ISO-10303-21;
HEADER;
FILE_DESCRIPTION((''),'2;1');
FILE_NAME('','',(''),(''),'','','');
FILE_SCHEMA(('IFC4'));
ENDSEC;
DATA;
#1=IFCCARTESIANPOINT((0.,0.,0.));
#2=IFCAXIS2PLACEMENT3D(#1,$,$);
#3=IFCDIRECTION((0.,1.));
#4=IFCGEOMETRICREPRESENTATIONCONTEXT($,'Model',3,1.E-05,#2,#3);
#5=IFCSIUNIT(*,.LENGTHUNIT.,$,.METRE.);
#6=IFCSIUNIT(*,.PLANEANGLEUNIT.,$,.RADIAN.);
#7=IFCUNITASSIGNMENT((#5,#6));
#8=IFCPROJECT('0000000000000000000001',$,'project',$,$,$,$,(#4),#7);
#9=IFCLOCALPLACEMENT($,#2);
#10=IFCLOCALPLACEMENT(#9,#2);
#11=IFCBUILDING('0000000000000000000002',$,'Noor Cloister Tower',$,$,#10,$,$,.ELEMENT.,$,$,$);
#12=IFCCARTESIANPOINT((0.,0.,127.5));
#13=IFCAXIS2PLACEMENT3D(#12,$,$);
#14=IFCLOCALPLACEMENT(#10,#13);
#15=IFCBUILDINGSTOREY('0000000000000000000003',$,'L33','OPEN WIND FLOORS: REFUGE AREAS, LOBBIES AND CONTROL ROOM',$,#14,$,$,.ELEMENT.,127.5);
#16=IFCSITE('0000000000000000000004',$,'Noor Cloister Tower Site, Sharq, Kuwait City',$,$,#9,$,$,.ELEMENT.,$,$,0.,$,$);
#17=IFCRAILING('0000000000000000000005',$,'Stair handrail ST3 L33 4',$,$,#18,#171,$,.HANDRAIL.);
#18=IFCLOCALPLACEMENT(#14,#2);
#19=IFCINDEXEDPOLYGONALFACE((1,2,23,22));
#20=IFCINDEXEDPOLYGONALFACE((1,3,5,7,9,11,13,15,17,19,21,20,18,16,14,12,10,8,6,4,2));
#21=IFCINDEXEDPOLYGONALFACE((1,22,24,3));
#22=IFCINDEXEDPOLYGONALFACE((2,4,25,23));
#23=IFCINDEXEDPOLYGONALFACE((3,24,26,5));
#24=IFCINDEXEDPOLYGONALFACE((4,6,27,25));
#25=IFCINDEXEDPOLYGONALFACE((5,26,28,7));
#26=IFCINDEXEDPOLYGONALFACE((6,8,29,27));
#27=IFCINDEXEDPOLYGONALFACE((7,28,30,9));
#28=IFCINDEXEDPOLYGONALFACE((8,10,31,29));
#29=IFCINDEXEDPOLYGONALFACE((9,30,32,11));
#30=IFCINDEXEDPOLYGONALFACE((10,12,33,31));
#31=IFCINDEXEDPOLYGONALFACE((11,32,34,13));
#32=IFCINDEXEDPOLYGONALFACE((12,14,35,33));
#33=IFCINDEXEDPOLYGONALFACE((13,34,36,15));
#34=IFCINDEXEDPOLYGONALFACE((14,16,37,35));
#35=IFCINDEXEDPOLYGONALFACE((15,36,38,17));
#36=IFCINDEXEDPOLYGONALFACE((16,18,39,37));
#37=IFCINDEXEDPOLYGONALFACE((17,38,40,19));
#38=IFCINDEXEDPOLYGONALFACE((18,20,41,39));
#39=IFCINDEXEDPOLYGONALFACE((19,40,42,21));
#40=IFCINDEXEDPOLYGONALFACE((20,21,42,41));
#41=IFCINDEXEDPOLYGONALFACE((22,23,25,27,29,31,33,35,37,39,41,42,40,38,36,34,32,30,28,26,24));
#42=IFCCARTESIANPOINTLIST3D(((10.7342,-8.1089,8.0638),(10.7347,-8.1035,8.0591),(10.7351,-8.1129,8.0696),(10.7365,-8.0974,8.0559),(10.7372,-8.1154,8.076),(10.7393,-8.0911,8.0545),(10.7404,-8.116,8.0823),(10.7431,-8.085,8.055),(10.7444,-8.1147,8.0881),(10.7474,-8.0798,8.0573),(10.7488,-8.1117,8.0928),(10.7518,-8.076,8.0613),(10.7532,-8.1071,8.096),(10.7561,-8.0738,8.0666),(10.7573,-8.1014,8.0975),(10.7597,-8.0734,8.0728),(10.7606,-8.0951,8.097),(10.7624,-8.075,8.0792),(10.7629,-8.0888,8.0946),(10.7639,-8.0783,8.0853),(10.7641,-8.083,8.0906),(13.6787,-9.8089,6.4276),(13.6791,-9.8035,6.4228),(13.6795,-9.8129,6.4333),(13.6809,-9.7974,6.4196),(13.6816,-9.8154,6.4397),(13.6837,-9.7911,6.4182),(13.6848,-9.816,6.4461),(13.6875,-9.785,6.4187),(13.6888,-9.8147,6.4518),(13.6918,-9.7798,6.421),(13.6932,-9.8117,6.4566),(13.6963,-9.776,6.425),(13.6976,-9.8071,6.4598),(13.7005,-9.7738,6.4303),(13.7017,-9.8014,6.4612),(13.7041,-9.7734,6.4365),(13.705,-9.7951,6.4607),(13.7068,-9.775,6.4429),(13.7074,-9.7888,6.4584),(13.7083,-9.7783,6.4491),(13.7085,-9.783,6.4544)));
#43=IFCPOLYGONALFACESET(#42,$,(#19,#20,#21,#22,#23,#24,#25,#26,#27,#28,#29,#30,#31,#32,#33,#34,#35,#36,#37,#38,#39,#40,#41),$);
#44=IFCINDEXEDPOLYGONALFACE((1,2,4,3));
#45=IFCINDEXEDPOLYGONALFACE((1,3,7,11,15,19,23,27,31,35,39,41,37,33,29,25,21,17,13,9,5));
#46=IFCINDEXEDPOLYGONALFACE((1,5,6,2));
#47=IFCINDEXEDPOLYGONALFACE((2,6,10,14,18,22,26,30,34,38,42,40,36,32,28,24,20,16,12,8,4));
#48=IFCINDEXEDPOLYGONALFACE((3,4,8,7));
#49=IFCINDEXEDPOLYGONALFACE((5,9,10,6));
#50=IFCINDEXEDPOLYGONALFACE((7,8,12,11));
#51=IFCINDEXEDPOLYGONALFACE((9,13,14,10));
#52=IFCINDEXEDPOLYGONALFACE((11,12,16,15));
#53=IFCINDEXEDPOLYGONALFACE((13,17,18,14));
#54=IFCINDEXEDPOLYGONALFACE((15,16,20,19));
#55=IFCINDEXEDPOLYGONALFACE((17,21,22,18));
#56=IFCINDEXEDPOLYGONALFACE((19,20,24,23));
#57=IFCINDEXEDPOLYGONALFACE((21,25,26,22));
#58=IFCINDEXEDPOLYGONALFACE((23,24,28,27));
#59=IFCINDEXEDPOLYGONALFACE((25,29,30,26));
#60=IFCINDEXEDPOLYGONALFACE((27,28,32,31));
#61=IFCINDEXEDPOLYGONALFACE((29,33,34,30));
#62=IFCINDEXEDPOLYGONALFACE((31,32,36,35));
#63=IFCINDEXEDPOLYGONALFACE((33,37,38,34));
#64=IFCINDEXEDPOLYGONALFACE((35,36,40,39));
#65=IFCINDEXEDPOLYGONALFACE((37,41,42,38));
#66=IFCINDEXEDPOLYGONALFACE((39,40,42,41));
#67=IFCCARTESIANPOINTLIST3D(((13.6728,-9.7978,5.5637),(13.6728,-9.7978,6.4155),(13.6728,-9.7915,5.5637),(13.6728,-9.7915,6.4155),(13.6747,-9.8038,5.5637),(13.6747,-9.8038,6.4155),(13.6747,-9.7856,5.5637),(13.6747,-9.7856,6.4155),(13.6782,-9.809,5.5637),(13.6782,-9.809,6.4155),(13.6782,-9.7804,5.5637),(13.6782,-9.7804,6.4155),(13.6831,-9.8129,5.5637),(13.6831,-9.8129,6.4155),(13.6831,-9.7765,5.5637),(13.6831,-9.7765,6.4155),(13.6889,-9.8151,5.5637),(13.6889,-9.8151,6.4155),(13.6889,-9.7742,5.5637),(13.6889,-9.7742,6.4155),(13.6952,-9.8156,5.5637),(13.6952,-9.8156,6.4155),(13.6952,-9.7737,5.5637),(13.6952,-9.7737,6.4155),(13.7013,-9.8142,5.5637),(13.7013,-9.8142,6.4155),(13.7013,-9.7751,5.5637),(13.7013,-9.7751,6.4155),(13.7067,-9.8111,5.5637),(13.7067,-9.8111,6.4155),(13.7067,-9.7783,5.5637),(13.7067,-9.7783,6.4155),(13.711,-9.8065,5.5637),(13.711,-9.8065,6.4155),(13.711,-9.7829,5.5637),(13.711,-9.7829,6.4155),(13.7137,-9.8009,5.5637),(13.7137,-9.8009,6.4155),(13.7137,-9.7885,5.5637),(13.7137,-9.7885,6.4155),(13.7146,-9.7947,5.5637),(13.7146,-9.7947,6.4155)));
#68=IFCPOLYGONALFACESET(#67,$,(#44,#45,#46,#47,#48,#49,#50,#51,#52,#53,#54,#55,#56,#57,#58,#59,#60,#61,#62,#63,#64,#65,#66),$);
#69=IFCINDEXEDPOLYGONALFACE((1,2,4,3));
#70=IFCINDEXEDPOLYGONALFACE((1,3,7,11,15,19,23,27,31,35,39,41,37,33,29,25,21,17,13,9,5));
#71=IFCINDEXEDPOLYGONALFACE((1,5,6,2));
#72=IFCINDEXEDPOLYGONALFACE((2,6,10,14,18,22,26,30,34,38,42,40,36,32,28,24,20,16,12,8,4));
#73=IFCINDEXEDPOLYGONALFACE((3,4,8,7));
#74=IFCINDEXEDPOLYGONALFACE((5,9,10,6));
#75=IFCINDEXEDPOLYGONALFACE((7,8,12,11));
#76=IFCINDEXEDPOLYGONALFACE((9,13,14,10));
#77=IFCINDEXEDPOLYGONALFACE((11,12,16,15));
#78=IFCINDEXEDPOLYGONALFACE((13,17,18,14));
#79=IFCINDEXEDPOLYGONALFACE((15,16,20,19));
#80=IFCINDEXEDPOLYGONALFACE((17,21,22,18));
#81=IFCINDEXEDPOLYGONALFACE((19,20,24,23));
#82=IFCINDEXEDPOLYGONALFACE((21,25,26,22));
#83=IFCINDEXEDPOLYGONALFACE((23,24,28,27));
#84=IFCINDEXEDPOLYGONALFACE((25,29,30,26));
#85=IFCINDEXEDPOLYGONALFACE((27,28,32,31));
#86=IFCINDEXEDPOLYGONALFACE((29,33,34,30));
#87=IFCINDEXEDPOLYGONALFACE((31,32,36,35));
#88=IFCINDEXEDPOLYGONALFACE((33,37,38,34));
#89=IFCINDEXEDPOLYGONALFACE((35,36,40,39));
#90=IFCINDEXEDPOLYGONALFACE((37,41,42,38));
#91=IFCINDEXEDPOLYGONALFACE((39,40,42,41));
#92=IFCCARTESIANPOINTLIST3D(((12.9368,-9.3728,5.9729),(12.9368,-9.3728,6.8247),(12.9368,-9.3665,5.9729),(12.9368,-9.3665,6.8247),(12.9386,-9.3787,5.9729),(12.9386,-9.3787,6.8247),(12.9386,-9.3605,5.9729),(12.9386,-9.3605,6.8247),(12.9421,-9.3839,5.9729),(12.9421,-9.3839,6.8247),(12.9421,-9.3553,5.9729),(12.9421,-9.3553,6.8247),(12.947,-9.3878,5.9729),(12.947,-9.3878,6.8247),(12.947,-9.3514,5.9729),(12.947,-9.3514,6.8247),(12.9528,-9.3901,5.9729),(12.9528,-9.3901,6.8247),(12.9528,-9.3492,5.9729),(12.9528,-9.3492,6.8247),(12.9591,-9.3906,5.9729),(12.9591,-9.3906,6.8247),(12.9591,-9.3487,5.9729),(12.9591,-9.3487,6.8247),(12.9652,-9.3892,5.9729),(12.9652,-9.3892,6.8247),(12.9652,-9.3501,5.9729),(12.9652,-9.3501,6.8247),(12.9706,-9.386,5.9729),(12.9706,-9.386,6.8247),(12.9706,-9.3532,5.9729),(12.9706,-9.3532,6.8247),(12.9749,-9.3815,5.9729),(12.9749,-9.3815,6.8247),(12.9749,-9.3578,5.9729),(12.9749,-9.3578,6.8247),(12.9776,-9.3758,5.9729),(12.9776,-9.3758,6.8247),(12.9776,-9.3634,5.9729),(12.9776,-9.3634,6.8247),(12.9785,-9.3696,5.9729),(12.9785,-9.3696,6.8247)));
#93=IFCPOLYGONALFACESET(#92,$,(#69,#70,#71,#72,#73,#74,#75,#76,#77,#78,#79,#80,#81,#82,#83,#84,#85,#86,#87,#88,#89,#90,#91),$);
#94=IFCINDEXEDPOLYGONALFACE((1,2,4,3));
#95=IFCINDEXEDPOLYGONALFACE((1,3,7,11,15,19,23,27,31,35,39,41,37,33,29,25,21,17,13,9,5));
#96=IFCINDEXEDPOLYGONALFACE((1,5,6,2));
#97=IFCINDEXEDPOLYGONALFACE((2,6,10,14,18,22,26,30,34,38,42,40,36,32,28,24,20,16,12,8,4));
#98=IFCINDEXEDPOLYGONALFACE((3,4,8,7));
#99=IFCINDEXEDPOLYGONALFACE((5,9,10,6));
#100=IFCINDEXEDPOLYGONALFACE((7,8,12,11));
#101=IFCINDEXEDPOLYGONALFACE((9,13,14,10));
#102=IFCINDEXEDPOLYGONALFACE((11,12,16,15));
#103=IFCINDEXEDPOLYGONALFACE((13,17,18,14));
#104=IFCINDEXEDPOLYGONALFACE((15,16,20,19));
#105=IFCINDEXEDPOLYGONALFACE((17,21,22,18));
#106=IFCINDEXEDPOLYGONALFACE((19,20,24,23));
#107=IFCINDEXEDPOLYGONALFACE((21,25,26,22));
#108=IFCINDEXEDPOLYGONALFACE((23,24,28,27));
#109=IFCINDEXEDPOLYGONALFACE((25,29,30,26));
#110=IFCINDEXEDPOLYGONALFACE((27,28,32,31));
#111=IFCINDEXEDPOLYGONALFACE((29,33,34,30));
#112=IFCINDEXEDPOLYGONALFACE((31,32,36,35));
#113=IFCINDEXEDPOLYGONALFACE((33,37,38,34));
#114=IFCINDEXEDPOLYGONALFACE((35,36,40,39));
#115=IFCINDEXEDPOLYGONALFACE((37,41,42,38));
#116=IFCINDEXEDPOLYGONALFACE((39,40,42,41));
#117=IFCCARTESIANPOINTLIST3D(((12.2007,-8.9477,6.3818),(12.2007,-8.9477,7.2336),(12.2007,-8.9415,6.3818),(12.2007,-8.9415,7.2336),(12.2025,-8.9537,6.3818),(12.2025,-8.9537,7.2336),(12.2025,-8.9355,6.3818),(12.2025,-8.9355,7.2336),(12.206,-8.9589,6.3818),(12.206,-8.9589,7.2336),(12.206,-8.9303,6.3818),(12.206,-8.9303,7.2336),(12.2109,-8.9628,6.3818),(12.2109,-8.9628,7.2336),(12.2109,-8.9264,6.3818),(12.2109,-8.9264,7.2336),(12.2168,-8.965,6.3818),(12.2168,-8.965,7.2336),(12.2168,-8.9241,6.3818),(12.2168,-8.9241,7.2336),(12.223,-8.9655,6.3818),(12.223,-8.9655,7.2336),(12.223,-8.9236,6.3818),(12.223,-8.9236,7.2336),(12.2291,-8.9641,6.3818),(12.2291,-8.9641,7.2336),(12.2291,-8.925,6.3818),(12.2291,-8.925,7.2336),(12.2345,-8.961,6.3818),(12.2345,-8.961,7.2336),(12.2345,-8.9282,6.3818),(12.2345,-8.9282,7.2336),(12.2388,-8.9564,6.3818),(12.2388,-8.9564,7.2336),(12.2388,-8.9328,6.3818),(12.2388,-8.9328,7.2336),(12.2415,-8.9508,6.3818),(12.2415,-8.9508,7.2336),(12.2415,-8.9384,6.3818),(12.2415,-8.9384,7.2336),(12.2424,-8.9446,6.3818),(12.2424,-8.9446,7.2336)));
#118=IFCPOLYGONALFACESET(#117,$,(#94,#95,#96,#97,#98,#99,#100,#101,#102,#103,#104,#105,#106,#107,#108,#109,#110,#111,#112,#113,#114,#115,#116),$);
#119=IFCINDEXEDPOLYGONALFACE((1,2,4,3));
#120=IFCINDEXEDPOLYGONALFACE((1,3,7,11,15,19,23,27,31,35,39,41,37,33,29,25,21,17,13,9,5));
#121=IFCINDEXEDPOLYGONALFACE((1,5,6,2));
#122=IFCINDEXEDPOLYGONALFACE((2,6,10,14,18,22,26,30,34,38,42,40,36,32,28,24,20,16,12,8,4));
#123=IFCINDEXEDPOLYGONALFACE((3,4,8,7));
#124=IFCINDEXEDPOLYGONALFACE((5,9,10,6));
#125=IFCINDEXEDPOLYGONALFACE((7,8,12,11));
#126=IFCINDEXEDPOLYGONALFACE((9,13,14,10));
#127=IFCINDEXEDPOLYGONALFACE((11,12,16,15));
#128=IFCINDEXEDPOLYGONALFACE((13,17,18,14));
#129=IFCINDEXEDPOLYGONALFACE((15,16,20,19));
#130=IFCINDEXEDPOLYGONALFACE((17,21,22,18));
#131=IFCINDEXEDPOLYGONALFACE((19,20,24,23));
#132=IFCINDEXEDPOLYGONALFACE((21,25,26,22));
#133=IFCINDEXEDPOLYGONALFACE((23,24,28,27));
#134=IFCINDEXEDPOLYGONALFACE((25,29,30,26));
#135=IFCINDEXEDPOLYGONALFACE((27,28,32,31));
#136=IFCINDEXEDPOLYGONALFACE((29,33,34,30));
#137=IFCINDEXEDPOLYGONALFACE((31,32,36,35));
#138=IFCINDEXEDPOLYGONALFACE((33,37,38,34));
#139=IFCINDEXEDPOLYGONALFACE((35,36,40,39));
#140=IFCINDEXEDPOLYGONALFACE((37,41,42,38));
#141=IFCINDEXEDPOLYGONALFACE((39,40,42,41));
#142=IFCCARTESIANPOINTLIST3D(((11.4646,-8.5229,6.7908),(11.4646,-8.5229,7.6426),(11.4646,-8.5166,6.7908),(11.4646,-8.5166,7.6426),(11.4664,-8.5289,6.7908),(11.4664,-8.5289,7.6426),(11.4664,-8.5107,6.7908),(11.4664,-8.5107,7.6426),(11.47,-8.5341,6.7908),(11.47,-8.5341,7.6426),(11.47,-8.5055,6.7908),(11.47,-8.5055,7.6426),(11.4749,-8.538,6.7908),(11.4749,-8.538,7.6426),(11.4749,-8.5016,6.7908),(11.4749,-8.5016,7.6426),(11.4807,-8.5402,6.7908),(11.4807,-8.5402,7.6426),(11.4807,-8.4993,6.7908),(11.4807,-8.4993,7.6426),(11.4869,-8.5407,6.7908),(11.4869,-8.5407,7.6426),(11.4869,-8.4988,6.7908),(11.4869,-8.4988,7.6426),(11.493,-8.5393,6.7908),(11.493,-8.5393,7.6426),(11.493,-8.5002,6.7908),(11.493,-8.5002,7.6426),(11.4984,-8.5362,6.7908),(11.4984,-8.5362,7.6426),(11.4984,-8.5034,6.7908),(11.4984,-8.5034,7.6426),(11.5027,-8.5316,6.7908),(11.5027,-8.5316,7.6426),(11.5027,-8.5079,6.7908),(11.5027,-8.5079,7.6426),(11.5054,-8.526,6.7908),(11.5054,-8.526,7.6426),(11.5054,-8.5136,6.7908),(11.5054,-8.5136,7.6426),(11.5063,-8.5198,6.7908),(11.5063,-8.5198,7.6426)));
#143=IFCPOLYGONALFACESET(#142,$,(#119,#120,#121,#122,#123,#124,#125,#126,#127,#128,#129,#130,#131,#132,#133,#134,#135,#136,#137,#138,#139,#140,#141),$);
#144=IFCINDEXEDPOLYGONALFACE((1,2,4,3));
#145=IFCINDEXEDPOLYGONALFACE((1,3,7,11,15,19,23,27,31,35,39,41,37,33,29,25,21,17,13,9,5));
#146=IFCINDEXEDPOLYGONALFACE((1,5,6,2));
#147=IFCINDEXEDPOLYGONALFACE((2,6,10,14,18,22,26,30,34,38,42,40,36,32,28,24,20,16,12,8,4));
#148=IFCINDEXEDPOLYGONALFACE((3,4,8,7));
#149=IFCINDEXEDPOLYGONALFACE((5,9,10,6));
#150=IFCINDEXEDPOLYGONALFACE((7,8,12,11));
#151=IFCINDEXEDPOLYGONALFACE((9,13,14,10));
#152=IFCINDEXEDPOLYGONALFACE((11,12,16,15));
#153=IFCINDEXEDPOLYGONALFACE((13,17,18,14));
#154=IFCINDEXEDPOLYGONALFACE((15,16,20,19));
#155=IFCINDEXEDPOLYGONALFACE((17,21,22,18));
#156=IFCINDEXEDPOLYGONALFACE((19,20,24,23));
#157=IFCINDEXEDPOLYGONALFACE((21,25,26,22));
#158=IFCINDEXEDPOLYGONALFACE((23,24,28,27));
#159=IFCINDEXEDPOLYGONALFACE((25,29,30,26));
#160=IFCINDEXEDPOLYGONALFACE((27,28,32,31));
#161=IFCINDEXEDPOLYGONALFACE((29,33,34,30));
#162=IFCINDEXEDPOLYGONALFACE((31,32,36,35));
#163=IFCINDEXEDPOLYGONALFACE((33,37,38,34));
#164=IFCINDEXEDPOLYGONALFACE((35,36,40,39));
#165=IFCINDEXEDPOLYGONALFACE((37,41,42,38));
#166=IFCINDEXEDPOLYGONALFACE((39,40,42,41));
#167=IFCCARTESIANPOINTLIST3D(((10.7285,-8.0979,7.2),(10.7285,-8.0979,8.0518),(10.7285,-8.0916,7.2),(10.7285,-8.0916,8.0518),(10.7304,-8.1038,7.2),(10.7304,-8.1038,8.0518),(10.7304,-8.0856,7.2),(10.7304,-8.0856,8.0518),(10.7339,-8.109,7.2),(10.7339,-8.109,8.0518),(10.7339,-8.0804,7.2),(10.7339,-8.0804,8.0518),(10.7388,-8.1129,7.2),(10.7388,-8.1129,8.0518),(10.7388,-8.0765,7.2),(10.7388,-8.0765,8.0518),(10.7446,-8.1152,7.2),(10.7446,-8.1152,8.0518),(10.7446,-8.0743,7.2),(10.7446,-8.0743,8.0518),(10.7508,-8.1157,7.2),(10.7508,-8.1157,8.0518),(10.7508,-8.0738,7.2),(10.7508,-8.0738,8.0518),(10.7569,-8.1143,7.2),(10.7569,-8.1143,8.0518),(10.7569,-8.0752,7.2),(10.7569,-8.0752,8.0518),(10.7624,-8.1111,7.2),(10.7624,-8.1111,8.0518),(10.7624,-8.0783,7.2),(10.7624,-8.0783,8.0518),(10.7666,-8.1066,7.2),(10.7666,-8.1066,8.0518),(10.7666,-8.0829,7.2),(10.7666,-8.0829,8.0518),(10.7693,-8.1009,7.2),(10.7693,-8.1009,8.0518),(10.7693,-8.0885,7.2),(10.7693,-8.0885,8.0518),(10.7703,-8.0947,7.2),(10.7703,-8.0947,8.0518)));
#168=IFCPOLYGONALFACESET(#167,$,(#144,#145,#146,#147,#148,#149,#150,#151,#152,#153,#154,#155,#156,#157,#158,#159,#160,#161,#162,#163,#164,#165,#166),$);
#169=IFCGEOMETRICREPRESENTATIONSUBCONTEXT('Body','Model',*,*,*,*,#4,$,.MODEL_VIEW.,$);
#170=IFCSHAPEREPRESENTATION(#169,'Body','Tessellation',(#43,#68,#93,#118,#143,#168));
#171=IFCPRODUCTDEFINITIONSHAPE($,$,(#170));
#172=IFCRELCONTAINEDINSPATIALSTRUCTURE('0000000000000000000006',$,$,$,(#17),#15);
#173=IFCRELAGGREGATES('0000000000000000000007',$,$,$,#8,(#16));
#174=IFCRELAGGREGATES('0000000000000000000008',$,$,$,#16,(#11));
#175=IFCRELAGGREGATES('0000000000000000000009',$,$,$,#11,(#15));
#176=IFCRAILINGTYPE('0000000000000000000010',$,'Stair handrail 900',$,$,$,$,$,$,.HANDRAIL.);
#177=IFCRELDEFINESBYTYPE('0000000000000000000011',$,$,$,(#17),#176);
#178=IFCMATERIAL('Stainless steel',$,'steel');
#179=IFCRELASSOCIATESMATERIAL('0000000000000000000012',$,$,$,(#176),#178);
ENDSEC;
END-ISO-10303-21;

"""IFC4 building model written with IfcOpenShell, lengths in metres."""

from ifc_helpers import new_model, si_unit, direction, frame, origin, origin_2d, place, context, subcontext, project, spatial, circle, extrude, material, type_object, element, save


model = new_model("IFC4")

# Units and contexts
model_context = context("Model", 3, precision=1e-05, world=origin(), true_north=direction((0.0, 1.0)))
body_context = subcontext(model_context, "Body", "Model", "MODEL_VIEW")
ifc_project = project(units=[si_unit("LENGTHUNIT", "METRE"), si_unit("PLANEANGLEUNIT", "RADIAN")], contexts=[model_context])

# Site, building, storey
site_placement = place(None, origin())
site = spatial("IfcSite", under=ifc_project, at=site_placement, Name="Noor Cloister Tower Site, Sharq, Kuwait City", CompositionType="ELEMENT", RefElevation=0.0)
building_placement = place(site_placement, origin())
building = spatial("IfcBuilding", under=site, at=building_placement, Name="Noor Cloister Tower", CompositionType="ELEMENT")
storey_placement = place(building_placement, frame((0.0, 0.0, 127.5)))
storey = spatial("IfcBuildingStorey", under=building, at=storey_placement, Name="L33", Description="OPEN WIND FLOORS: REFUGE AREAS, LOBBIES AND CONTROL ROOM", CompositionType="ELEMENT", Elevation=127.5)

# Railing
ifc_material_1 = material(Name="Stainless steel", Category="steel")
railing_type_1 = type_object("IfcRailingType", Name="Stair handrail 900", PredefinedType="HANDRAIL", material=ifc_material_1)
railing_1_placement = place(storey_placement, frame((13.6936, -9.7947, 5.5637)))
element("IfcRailing", 1, at=railing_1_placement, inside=storey, type_object=railing_type_1, Name="Stair handrail ST3 L33 4", PredefinedType="HANDRAIL", context=body_context, shape_type="SweptSolid", body=[
    extrude(circle(Radius=0.0239, at=origin_2d()), frame((0.0, 0.0, 0.876), z_axis=(-0.780352, 0.450546, 0.433658), x_axis=(-0.500008, -0.866021, 0.0)), (0.0, 0.0, 1.0), 3.7732),
    extrude(circle(Radius=0.021, at=origin_2d()), origin(), (0.0, 0.0, 1.0), 0.8518),
    extrude(circle(Radius=0.021, at=origin_2d()), frame((-0.7361, 0.425, 0.4092)), (0.0, 0.0, 1.0), 0.8518),
    extrude(circle(Radius=0.021, at=origin_2d()), frame((-1.4722, 0.8501, 0.8181)), (0.0, 0.0, 1.0), 0.8518),
    extrude(circle(Radius=0.021, at=origin_2d()), frame((-2.2083, 1.2749, 1.2271)), (0.0, 0.0, 1.0), 0.8518),
    extrude(circle(Radius=0.021, at=origin_2d()), frame((-2.9443, 1.7, 1.6362)), (0.0, 0.0, 1.0), 0.8518),
])

save(model, "model.ifc")
